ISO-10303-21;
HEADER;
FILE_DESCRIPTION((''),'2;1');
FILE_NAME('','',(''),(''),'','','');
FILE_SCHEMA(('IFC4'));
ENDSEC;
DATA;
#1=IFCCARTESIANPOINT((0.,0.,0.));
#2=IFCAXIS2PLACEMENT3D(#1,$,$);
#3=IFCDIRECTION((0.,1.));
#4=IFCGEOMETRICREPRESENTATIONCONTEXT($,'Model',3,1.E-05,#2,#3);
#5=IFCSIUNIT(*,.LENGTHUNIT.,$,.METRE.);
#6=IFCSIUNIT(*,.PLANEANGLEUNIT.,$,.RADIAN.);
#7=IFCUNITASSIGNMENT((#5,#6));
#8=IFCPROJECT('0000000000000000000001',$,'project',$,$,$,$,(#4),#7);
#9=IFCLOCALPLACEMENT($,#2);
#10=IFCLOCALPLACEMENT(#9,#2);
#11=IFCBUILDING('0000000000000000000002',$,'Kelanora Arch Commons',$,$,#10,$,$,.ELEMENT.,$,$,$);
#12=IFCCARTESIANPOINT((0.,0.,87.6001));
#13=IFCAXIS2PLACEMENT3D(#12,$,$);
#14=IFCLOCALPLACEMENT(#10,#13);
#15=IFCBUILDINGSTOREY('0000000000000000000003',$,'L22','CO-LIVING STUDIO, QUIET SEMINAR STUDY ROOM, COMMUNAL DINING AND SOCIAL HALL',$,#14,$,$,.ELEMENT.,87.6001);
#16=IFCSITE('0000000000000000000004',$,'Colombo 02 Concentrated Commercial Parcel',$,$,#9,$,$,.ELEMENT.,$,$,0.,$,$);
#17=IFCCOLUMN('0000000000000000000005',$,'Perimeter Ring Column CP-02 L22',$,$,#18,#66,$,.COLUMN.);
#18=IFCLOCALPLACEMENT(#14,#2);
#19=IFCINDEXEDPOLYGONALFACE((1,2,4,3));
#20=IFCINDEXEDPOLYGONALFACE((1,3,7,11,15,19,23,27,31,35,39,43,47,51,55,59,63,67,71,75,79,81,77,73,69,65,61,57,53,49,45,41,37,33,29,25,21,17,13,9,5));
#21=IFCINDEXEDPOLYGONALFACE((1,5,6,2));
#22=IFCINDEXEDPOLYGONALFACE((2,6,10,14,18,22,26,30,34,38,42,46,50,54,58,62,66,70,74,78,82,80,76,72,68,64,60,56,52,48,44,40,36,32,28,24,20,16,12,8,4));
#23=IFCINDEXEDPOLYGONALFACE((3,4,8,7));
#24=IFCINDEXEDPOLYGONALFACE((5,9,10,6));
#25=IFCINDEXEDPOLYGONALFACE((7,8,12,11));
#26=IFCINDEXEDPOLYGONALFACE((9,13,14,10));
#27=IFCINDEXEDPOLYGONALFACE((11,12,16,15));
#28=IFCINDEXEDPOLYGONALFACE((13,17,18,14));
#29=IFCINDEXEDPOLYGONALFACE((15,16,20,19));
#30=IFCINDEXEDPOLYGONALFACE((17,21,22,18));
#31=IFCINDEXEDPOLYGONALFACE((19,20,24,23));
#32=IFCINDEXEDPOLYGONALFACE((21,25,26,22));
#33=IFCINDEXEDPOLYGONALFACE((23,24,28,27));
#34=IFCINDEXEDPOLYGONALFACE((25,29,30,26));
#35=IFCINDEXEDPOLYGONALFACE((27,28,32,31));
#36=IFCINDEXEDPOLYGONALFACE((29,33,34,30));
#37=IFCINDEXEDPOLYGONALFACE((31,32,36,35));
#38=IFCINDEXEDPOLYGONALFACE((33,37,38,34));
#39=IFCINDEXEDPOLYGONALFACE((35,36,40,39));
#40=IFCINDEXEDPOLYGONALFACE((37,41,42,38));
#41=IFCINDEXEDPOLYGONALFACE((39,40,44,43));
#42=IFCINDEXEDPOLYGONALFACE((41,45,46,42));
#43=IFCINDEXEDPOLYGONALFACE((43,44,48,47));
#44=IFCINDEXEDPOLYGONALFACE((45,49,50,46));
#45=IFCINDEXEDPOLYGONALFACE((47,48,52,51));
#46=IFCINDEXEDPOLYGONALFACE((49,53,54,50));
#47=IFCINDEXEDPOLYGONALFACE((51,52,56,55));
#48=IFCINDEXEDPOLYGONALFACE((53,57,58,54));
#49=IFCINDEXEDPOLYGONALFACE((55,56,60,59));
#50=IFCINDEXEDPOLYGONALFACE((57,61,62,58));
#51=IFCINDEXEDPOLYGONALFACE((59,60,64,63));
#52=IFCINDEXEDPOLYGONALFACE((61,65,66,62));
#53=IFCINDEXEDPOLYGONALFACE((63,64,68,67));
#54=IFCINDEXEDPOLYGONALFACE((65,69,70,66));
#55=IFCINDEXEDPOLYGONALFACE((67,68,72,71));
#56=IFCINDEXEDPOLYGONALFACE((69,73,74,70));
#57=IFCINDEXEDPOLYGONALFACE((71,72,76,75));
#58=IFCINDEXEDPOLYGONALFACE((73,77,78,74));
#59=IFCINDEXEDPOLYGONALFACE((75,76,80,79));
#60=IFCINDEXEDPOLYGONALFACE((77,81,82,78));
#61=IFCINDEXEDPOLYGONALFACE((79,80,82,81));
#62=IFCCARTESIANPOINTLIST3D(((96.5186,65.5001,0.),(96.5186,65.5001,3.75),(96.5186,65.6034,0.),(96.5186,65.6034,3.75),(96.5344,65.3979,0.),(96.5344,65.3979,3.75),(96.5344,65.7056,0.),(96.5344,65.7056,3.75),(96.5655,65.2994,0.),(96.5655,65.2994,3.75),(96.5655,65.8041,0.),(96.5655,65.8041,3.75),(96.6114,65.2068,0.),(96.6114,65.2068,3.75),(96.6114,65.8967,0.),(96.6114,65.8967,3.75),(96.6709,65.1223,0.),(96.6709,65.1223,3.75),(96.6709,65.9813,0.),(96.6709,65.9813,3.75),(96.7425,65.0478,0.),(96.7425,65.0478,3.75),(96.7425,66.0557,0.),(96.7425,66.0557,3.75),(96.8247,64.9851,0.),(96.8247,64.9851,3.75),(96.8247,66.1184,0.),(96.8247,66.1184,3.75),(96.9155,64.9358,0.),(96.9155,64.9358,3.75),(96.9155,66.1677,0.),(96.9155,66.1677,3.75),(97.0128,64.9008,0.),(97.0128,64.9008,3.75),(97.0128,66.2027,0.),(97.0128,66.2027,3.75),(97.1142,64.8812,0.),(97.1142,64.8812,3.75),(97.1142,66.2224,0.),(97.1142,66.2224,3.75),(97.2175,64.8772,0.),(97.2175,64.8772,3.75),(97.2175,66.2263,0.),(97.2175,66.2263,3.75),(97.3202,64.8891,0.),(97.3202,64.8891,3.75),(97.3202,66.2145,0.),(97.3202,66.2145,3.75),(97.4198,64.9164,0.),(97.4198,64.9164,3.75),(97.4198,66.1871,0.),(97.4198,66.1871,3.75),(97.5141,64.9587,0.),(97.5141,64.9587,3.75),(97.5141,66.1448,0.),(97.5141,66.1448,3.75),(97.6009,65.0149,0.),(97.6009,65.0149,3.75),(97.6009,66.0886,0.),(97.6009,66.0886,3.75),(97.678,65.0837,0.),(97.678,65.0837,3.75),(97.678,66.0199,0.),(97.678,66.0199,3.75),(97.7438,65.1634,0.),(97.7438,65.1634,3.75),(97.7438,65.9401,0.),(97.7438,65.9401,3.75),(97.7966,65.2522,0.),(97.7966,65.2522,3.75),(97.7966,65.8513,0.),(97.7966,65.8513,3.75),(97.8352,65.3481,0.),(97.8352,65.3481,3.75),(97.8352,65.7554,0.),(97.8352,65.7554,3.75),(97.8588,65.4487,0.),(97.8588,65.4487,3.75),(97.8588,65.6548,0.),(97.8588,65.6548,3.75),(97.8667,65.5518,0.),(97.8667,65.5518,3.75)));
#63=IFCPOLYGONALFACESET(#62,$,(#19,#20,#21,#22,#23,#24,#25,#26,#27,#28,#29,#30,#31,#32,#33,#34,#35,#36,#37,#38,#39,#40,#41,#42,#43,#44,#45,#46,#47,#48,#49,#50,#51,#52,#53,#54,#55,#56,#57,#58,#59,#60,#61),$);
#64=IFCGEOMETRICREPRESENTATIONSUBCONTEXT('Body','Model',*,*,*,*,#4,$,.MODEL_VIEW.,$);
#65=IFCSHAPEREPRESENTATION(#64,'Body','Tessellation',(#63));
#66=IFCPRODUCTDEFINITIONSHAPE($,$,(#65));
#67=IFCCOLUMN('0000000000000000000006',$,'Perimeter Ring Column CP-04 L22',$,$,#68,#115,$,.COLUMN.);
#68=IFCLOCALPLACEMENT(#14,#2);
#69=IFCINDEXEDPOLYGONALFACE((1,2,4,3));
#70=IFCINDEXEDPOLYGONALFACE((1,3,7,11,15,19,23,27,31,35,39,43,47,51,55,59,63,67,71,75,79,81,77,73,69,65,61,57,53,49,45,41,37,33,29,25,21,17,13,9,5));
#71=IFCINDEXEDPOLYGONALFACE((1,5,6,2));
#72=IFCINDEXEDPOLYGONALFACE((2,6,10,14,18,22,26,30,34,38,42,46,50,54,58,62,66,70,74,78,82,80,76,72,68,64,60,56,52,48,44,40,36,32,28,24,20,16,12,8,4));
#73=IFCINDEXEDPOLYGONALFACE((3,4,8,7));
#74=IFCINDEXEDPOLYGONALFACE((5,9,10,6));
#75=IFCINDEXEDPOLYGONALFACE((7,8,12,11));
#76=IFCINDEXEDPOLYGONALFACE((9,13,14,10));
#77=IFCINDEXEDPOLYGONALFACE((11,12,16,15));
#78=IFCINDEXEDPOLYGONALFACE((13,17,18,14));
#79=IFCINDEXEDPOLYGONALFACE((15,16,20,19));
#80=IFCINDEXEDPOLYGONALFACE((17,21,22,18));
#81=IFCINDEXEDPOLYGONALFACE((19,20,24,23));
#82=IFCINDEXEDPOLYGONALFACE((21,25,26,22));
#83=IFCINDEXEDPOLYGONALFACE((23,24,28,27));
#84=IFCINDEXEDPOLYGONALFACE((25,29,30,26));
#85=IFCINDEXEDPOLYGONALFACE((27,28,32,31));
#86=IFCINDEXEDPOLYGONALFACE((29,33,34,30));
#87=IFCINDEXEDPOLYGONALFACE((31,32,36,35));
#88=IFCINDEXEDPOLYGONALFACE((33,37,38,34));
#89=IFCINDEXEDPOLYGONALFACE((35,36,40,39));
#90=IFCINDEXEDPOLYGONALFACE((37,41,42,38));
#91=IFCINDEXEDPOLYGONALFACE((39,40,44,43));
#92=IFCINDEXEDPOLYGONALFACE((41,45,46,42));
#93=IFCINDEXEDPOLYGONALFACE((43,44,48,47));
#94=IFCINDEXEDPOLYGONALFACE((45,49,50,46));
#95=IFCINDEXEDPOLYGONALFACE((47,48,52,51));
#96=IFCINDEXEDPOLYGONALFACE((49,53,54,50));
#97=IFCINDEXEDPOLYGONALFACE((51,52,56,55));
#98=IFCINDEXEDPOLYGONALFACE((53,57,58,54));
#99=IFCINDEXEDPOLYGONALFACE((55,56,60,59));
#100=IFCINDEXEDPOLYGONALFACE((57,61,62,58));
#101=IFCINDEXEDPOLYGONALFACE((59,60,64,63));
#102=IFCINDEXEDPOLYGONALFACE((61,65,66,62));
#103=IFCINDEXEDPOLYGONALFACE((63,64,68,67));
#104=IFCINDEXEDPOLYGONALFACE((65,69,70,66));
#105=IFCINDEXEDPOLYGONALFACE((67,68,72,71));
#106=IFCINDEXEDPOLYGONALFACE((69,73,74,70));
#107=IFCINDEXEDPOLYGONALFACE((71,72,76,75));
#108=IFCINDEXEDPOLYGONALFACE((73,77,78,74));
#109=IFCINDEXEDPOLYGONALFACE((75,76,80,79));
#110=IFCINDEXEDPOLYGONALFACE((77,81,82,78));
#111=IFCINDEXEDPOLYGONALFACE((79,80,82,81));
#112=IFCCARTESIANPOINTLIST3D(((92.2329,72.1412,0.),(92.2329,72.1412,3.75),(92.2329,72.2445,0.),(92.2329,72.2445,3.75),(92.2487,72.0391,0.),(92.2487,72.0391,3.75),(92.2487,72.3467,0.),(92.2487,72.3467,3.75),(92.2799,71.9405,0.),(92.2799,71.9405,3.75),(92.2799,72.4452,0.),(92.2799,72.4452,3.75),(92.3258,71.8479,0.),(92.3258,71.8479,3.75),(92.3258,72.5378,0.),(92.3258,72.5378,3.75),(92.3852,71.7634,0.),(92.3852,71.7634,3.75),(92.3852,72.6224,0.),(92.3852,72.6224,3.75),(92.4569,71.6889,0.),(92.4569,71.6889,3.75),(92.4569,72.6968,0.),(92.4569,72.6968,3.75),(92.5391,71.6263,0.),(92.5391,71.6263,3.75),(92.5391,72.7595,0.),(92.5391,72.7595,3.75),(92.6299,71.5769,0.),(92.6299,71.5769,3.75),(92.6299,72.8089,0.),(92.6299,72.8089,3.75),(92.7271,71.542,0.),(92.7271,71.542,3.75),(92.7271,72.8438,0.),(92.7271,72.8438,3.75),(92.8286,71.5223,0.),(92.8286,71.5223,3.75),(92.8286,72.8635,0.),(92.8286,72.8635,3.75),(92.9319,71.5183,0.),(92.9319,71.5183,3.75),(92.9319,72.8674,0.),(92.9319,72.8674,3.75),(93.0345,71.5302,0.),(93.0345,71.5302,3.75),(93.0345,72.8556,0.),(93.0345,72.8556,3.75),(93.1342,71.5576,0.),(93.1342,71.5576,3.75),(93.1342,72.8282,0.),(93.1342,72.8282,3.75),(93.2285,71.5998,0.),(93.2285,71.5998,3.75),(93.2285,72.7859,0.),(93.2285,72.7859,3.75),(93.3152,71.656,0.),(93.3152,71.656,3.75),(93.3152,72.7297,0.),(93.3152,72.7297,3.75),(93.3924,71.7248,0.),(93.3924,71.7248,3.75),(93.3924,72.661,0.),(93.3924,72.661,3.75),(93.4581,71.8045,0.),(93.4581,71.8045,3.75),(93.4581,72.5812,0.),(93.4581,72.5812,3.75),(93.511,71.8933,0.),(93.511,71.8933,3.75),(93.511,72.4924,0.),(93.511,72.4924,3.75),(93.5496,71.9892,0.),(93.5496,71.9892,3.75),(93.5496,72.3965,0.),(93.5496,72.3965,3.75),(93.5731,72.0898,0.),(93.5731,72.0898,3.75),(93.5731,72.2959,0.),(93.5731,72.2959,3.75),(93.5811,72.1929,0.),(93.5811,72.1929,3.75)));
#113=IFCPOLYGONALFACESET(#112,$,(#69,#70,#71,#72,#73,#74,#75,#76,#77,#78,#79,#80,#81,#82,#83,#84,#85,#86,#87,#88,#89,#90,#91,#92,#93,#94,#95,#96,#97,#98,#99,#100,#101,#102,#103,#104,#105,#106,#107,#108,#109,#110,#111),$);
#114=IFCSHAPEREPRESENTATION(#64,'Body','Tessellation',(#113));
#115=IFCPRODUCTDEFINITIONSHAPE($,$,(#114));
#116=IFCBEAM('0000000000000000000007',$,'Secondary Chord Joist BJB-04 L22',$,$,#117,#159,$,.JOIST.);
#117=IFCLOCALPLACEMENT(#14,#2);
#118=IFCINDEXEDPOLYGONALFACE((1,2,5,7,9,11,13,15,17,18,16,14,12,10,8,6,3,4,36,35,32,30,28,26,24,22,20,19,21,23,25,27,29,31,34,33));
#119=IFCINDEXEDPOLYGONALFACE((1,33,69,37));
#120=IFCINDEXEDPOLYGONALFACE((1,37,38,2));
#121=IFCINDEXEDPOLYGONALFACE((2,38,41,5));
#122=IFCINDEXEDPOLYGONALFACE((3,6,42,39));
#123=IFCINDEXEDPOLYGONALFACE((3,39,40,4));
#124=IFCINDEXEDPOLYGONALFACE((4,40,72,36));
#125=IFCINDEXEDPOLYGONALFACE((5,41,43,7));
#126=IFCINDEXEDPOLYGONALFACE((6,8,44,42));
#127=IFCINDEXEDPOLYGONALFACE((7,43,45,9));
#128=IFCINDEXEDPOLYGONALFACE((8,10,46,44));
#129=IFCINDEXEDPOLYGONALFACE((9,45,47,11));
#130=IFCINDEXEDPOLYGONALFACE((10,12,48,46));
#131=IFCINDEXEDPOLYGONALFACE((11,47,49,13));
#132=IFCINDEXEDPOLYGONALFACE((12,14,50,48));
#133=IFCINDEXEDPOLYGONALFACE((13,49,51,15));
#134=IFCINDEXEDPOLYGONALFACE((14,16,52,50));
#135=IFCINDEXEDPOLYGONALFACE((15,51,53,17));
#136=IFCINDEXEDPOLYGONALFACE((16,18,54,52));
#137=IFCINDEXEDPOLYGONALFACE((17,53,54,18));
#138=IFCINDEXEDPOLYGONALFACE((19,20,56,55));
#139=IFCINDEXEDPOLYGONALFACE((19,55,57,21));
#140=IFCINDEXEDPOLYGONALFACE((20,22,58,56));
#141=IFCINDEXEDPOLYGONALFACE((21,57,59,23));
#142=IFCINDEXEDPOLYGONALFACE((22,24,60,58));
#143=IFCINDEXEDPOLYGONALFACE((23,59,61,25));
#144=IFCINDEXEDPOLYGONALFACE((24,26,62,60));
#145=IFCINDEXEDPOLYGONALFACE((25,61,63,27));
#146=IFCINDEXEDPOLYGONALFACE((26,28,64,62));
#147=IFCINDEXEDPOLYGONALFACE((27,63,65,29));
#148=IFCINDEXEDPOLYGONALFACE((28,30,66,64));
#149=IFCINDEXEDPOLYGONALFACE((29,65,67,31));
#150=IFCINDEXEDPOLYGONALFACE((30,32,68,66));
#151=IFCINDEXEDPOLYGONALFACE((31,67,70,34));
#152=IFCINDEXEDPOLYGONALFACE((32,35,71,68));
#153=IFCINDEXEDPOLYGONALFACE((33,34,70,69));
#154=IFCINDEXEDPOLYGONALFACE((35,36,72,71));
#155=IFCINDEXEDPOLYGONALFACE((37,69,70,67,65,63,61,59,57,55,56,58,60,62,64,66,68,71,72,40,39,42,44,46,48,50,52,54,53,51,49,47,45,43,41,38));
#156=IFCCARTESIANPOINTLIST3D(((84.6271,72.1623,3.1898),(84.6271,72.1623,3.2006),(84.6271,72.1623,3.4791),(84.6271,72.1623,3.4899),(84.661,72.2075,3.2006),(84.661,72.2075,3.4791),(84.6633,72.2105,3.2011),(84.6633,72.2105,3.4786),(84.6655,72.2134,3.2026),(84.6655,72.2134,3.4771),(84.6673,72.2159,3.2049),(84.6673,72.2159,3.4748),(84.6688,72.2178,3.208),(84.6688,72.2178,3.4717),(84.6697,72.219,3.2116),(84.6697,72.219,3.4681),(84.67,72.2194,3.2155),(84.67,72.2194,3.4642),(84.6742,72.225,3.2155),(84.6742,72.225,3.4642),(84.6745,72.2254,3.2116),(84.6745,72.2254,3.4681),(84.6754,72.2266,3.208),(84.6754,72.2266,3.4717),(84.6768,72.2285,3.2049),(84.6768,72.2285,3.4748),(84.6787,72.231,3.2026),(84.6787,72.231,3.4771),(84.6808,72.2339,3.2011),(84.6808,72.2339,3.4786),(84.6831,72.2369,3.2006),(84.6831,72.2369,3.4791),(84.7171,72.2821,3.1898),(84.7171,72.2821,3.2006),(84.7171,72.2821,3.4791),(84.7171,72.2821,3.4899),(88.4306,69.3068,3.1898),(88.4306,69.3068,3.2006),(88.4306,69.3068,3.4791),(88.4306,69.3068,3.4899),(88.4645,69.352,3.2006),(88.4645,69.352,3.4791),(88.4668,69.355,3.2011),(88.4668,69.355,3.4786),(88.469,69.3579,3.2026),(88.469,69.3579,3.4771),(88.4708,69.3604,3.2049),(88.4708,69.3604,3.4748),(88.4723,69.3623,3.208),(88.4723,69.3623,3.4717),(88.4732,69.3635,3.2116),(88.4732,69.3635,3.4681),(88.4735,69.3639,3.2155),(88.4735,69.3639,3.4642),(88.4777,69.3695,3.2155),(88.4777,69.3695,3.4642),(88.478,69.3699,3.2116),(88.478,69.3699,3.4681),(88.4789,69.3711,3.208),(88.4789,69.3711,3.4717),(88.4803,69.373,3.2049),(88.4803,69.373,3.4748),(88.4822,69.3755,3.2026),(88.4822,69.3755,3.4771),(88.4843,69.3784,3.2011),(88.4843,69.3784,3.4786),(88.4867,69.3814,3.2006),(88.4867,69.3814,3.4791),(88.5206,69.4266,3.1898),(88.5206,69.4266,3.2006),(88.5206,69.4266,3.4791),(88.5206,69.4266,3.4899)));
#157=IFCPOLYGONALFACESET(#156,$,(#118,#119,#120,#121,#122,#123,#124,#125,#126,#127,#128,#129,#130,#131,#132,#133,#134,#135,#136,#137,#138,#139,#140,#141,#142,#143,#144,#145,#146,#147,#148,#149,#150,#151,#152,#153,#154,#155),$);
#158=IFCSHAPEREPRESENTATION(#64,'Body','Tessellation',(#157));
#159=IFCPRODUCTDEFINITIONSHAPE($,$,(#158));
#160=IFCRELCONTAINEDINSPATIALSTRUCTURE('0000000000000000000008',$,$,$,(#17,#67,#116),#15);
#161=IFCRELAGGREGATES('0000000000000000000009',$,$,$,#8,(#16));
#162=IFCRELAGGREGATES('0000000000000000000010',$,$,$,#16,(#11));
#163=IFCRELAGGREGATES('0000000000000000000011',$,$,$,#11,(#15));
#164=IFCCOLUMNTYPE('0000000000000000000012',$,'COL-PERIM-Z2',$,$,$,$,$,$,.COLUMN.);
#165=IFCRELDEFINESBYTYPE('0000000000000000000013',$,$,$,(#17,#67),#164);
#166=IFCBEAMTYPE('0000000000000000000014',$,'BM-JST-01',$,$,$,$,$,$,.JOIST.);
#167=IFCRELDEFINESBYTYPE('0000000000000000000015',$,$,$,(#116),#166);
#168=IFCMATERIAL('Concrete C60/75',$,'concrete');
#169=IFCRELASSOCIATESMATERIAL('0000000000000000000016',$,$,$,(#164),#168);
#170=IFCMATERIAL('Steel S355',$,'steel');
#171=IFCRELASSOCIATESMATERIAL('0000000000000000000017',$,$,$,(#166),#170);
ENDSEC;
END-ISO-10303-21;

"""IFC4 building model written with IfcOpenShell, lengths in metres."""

from ifc_helpers import new_model, si_unit, direction, frame, origin, origin_2d, place, context, subcontext, project, spatial, circle, i_section, extrude, material, material_profile, profile_set, type_object, element, save


model = new_model("IFC4")

# Units and contexts
model_context = context("Model", 3, precision=1e-05, world=origin(), true_north=direction((0.0, 1.0)))
body_context = subcontext(model_context, "Body", "Model", "MODEL_VIEW")
ifc_project = project(units=[si_unit("LENGTHUNIT", "METRE"), si_unit("PLANEANGLEUNIT", "RADIAN")], contexts=[model_context])

# Site, building, storey
site_placement = place(None, origin())
site = spatial("IfcSite", under=ifc_project, at=site_placement, Name="Colombo 02 Concentrated Commercial Parcel", CompositionType="ELEMENT", RefElevation=0.0)
building_placement = place(site_placement, origin())
building = spatial("IfcBuilding", under=site, at=building_placement, Name="Kelanora Arch Commons", CompositionType="ELEMENT")
storey_placement = place(building_placement, frame((0.0, 0.0, 87.6001)))
storey = spatial("IfcBuildingStorey", under=building, at=storey_placement, Name="L22", Description="CO-LIVING STUDIO, QUIET SEMINAR STUDY ROOM, COMMUNAL DINING AND SOCIAL HALL", CompositionType="ELEMENT", Elevation=87.6001)

# Columns
ifc_material_1 = material(Name="Concrete C60/75", Category="concrete")
ifc_material_profile_1 = material_profile(ifc_material_1, circle(Radius=0.675, at=origin_2d()), Name="RCC1350")
ifc_profile_set_1 = profile_set([ifc_material_profile_1], Name="Concrete C60/75")
column_type = type_object("IfcColumnType", Name="COL-PERIM-Z2", PredefinedType="COLUMN", material=ifc_profile_set_1)
for number, where, z_axis, x_axis, name in (
    (1, (97.1917, 65.5518, 0.0), (0.0, 0.0, 1.0), (1.0, 0.0, 0.0), "Perimeter Ring Column CP-02 L22"),
    (2, (92.906, 72.1929, 0.0), (0.0, 0.0, 1.0), (1.0, 0.0, 0.0), "Perimeter Ring Column CP-04 L22"),
):
    element("IfcColumn", number, at=place(storey_placement, frame(where, z_axis=z_axis, x_axis=x_axis)), inside=storey, type_object=column_type, Name=name, PredefinedType="COLUMN", context=body_context, shape_type="SweptSolid", body=[
        extrude(circle(Radius=0.675, at=origin_2d()), origin(), (0.0, 0.0, 1.0), 3.75),
    ])

# Beam
ifc_material_2 = material(Name="Steel S355", Category="steel")
ifc_material_profile_2 = material_profile(ifc_material_2, i_section(OverallWidth=0.1499, OverallDepth=0.3, WebThickness=0.0071, FlangeThickness=0.0107, FilletRadius=0.0149, at=origin_2d()), Name="IPE300")
ifc_profile_set_2 = profile_set([ifc_material_profile_2], Name="Steel S355")
beam_type_1 = type_object("IfcBeamType", Name="BM-JST-01", PredefinedType="JOIST", material=ifc_profile_set_2)
beam_1_placement = place(storey_placement, frame((88.4756, 69.3667, 3.3398), z_axis=(-0.79971, 0.600386, 0.0), x_axis=(-0.600386, -0.79971, 0.0)))
element("IfcBeam", 3, at=beam_1_placement, inside=storey, type_object=beam_type_1, Name="Secondary Chord Joist BJB-04 L22", PredefinedType="JOIST", context=body_context, shape_type="SweptSolid", body=[
    extrude(i_section(OverallWidth=0.1499, OverallDepth=0.3, WebThickness=0.0071, FlangeThickness=0.0107, FilletRadius=0.0149, at=origin_2d()), origin(), (0.0, 0.0, 1.0), 4.7561),
])

save(model, "model.ifc")
